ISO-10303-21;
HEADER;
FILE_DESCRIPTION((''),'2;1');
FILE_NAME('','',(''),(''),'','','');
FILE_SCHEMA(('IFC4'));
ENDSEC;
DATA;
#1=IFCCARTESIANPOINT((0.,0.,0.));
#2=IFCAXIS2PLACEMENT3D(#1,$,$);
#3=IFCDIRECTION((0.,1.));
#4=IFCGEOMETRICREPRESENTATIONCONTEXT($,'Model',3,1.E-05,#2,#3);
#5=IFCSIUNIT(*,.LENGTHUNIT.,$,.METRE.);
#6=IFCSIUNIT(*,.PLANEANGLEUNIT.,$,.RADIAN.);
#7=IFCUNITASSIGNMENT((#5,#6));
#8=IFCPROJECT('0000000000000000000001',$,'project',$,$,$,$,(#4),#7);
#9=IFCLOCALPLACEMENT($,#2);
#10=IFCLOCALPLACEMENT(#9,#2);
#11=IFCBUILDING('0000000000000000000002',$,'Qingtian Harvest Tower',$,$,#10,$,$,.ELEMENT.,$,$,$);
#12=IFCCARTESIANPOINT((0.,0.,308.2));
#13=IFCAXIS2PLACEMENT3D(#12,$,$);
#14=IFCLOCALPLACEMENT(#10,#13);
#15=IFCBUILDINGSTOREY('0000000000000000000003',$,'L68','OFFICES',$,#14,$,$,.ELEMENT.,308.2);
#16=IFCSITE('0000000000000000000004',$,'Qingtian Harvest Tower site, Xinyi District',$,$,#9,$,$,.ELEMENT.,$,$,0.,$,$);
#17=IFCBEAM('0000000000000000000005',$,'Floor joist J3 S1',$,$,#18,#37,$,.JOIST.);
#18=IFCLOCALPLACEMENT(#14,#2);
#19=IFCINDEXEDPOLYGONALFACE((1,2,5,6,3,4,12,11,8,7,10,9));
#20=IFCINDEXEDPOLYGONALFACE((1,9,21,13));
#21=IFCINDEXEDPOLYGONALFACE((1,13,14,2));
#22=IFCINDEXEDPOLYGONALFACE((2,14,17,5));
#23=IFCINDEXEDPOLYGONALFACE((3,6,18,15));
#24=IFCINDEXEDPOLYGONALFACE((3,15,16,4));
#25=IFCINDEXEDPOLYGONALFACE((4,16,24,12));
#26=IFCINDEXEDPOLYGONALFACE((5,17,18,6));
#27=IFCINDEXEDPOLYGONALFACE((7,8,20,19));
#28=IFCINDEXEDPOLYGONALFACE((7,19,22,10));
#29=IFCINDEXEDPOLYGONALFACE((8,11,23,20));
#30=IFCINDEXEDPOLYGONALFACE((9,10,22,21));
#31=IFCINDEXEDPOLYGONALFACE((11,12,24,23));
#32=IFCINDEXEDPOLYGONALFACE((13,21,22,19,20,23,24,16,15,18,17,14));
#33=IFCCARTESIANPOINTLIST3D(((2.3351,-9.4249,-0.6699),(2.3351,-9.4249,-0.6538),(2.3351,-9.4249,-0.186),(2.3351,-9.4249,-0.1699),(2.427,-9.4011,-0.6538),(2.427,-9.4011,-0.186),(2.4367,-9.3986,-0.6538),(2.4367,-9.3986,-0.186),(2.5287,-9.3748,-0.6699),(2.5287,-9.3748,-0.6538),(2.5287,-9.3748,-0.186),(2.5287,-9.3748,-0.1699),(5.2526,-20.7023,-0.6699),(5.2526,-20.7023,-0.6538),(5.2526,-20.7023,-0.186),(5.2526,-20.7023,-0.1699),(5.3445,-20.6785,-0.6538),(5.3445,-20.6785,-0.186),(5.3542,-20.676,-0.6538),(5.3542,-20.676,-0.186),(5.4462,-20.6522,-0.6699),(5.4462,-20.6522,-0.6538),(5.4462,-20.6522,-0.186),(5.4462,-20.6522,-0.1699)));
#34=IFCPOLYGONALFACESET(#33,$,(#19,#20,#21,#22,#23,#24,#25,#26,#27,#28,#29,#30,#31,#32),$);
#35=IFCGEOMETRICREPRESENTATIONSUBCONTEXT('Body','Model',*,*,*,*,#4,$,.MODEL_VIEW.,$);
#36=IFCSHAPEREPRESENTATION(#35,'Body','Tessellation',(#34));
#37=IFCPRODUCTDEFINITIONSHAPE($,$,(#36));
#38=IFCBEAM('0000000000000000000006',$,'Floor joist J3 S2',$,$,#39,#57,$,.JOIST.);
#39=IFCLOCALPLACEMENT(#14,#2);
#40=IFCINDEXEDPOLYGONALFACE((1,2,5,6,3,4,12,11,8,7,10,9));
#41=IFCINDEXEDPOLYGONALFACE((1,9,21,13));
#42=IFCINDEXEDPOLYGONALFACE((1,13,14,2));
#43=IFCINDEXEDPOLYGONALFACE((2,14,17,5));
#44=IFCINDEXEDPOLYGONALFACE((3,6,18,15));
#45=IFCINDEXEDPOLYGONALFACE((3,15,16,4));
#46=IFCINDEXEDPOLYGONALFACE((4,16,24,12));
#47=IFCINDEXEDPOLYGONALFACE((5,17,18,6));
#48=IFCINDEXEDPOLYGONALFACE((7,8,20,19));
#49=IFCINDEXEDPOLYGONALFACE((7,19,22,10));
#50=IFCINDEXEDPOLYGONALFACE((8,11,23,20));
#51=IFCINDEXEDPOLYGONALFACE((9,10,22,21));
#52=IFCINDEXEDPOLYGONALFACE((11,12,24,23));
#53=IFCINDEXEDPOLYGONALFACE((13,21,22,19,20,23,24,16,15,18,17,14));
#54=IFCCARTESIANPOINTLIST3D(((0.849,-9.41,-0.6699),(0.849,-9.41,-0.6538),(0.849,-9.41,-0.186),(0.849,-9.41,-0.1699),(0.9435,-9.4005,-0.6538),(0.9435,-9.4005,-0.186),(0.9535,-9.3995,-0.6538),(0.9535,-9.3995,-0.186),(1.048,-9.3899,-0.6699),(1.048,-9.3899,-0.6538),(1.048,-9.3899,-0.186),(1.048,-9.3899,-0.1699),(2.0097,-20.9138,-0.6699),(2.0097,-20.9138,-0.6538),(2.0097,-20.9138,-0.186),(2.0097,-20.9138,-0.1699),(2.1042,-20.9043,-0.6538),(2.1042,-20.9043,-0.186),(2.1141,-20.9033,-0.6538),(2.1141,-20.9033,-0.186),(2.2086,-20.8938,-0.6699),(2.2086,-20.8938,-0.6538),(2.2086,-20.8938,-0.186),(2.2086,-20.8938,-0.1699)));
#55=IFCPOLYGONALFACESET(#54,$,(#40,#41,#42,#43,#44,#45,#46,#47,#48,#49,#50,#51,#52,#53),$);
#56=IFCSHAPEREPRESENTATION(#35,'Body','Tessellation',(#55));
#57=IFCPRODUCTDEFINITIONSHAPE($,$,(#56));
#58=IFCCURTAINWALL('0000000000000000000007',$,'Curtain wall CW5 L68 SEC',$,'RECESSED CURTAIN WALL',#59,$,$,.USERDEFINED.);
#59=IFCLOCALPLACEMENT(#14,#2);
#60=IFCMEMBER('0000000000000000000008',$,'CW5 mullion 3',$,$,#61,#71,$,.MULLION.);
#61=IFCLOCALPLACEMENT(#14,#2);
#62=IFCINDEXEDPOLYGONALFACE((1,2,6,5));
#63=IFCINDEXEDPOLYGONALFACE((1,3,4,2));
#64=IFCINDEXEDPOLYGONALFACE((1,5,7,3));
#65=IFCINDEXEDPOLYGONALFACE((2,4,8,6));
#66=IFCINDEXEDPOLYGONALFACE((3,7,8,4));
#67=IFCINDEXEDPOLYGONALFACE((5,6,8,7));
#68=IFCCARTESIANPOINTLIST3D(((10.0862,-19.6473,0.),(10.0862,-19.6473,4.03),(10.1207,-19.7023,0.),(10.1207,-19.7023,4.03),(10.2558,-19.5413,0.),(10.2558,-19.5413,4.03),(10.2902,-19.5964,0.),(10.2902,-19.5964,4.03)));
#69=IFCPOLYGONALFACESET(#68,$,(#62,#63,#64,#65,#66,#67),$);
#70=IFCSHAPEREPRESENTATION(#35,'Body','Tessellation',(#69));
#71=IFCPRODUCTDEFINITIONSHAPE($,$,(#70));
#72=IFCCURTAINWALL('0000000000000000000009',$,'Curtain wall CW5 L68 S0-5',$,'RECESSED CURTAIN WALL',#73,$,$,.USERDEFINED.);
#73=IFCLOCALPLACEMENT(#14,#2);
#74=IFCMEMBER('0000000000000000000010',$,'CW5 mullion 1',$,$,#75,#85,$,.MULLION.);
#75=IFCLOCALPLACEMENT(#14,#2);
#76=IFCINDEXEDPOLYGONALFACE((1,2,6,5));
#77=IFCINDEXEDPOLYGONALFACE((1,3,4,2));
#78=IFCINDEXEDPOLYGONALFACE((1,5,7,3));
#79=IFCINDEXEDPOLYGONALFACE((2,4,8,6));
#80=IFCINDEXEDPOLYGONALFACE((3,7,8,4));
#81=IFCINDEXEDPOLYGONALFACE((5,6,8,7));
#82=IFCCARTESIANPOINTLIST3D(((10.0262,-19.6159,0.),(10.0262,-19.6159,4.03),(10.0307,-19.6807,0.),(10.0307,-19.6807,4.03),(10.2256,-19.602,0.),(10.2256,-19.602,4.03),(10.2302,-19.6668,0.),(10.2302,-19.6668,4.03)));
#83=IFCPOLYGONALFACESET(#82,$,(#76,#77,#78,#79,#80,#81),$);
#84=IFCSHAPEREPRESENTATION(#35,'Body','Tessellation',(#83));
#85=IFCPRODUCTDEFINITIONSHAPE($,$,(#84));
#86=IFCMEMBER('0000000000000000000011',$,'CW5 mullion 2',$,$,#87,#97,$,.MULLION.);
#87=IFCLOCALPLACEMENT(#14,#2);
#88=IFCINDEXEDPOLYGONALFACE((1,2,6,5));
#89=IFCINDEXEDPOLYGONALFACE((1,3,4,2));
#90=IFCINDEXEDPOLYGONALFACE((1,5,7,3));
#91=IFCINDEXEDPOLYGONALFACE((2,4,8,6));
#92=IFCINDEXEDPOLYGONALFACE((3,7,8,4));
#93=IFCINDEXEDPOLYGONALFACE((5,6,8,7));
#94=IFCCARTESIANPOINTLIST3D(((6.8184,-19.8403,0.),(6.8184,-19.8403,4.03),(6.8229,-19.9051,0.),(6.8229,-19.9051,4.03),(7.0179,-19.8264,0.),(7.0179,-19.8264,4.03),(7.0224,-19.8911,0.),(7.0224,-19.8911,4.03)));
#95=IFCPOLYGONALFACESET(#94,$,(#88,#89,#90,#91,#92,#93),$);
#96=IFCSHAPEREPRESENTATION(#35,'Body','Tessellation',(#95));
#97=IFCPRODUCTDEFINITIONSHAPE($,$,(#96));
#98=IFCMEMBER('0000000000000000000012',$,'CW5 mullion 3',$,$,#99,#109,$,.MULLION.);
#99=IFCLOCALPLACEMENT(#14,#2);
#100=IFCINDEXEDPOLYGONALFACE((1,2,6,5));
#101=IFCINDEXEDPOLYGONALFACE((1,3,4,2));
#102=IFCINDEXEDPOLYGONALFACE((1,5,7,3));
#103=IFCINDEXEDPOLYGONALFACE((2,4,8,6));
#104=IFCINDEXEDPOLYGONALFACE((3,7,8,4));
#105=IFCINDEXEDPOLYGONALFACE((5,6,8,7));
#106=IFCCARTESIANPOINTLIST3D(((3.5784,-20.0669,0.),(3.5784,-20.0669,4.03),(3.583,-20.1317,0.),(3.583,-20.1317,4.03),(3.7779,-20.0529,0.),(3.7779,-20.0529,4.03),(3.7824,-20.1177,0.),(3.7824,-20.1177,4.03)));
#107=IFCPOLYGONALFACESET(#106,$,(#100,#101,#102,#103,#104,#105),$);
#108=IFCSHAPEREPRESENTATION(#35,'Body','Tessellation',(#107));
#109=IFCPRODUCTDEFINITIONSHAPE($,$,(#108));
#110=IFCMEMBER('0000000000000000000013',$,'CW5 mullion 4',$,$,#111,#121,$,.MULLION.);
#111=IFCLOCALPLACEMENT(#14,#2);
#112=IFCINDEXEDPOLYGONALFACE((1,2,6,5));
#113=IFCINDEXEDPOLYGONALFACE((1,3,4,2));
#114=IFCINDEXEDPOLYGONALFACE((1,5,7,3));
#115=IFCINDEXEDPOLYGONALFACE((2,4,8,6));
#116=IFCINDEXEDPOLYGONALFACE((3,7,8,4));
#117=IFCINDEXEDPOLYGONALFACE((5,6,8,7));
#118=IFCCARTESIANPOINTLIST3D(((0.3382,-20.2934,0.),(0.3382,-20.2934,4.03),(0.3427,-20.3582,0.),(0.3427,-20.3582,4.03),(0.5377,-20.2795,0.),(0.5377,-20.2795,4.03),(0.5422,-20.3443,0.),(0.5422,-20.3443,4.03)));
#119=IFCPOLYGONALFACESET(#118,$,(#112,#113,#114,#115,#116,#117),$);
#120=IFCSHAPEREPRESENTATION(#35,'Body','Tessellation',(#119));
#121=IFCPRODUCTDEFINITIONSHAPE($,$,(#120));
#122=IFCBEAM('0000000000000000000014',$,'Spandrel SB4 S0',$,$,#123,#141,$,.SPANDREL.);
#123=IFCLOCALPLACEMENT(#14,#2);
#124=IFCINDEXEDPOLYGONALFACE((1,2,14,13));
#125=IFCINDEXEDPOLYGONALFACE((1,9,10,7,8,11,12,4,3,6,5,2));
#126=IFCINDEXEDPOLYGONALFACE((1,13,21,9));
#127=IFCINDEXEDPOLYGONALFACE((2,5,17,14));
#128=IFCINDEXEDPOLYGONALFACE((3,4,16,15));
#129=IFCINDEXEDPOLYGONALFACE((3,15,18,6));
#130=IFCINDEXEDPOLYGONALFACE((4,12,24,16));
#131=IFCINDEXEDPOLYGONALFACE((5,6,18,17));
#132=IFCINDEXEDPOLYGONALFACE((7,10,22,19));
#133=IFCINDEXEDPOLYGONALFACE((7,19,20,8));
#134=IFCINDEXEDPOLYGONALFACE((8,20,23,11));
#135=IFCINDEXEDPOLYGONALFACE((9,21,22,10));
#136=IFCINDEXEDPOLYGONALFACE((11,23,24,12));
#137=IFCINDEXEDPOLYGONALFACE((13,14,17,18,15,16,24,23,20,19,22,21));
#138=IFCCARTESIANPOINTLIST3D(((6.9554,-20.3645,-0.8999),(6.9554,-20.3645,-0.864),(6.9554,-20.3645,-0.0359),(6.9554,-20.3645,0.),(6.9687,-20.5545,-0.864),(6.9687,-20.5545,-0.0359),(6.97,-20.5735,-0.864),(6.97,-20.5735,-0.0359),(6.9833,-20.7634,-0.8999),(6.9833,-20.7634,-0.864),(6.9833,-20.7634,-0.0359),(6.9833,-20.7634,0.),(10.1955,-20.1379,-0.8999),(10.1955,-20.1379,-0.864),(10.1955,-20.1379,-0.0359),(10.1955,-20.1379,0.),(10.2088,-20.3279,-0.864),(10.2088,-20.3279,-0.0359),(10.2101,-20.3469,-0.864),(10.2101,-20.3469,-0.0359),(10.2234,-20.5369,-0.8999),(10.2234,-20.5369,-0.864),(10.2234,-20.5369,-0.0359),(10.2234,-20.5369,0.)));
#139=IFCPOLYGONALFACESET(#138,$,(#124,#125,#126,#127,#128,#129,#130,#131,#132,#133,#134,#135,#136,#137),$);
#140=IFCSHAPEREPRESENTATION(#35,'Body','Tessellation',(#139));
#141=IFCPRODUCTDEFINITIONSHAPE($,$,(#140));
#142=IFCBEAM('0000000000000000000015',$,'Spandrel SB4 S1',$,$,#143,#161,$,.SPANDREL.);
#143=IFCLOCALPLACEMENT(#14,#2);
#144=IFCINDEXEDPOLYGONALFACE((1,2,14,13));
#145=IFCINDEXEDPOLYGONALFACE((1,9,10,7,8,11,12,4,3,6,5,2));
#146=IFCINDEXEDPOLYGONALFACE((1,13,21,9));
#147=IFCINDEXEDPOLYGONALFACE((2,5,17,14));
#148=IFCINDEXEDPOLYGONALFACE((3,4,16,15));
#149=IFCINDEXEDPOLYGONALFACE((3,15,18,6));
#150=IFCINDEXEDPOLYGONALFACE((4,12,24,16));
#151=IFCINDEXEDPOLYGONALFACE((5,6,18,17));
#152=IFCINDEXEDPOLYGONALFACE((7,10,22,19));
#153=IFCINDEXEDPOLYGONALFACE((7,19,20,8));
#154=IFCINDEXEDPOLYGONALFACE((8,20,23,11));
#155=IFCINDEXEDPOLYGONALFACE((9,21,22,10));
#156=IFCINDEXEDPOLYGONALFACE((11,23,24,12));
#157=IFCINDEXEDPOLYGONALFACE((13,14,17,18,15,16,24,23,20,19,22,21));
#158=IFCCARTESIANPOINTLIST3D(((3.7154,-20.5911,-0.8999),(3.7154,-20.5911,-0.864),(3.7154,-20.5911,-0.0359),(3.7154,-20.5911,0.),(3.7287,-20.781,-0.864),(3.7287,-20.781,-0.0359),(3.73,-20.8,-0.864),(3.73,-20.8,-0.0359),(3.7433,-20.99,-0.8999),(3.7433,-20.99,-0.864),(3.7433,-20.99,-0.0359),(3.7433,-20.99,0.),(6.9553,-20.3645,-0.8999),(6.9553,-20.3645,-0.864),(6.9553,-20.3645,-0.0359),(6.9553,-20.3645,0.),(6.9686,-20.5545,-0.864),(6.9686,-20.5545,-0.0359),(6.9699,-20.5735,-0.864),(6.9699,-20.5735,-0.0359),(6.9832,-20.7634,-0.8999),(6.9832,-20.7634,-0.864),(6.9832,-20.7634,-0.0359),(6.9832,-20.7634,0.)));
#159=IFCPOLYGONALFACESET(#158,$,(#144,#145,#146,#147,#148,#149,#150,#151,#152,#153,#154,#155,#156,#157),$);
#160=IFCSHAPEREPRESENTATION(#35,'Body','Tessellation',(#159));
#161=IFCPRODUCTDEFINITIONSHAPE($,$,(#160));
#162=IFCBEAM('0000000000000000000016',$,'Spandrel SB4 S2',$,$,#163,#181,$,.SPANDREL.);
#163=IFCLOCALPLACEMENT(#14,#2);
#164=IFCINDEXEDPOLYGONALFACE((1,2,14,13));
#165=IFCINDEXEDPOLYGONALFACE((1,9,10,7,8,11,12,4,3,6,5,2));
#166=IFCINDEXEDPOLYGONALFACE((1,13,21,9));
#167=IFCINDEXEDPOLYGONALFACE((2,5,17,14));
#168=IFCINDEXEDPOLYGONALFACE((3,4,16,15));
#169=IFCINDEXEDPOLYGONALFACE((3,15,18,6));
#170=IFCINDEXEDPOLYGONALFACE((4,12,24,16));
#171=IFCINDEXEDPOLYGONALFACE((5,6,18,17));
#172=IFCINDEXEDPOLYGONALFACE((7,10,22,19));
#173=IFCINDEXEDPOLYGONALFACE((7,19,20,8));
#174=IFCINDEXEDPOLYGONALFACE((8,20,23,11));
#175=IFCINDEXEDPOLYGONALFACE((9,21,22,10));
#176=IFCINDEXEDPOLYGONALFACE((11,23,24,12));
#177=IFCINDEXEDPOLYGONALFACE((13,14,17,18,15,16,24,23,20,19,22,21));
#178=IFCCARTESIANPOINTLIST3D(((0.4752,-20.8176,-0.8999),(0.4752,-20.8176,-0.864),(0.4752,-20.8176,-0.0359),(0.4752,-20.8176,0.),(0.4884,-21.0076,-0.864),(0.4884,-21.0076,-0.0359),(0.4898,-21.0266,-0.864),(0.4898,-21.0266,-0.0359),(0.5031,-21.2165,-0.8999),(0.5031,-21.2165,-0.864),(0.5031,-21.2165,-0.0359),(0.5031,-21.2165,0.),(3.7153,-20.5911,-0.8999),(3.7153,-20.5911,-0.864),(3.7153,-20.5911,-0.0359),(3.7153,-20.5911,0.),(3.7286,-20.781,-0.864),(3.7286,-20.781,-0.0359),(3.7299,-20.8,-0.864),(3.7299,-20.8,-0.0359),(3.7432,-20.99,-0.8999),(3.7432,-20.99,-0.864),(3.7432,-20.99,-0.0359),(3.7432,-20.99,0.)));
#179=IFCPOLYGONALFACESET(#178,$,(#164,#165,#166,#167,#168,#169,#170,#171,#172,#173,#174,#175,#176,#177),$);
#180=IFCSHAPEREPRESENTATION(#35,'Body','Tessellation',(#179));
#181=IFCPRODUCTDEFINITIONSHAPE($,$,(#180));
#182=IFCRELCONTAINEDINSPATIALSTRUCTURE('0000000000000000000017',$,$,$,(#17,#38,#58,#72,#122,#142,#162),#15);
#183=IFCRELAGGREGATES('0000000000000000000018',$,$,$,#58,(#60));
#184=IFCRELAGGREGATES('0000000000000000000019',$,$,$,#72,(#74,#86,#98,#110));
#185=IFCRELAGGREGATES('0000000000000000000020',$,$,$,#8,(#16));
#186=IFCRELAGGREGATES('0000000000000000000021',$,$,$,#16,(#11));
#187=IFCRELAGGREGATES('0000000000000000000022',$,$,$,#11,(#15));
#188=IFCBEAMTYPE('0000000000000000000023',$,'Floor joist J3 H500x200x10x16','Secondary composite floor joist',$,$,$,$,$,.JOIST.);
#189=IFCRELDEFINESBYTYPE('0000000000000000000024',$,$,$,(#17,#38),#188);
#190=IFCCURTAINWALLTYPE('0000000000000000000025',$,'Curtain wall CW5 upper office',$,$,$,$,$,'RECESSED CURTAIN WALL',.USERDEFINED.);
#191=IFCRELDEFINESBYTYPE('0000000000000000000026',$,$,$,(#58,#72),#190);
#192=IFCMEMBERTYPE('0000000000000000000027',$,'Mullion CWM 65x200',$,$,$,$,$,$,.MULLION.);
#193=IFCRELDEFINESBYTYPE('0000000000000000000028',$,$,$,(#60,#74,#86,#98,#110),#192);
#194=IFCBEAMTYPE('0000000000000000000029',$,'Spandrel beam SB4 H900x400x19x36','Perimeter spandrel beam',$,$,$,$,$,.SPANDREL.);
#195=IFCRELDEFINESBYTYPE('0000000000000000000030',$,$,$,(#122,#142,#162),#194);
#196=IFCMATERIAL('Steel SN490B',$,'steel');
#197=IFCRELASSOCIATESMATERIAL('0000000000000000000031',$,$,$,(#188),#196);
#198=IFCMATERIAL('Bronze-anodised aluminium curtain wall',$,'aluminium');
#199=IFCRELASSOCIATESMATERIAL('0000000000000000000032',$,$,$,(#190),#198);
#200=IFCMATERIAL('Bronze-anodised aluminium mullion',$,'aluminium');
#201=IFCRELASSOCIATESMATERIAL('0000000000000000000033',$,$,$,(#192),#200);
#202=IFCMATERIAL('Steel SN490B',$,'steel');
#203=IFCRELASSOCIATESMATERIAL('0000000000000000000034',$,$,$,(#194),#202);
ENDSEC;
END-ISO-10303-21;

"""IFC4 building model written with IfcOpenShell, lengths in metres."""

from ifc_helpers import new_model, si_unit, direction, frame, origin, origin_2d, place, context, subcontext, project, spatial, rectangle, i_section, extrude, material, material_profile, profile_set, type_object, element, aggregate, save


model = new_model("IFC4")

# Units and contexts
model_context = context("Model", 3, precision=1e-05, world=origin(), true_north=direction((0.0, 1.0)))
body_context = subcontext(model_context, "Body", "Model", "MODEL_VIEW")
ifc_project = project(units=[si_unit("LENGTHUNIT", "METRE"), si_unit("PLANEANGLEUNIT", "RADIAN")], contexts=[model_context])

# Site, building, storey
site_placement = place(None, origin())
site = spatial("IfcSite", under=ifc_project, at=site_placement, Name="Qingtian Harvest Tower site, Xinyi District", CompositionType="ELEMENT", RefElevation=0.0)
building_placement = place(site_placement, origin())
building = spatial("IfcBuilding", under=site, at=building_placement, Name="Qingtian Harvest Tower", CompositionType="ELEMENT")
storey_placement = place(building_placement, frame((0.0, 0.0, 308.2)))
storey = spatial("IfcBuildingStorey", under=building, at=storey_placement, Name="L68", Description="OFFICES", CompositionType="ELEMENT", Elevation=308.2)

# Beams
ifc_material_1 = material(Name="Steel SN490B", Category="steel")
ifc_material_profile_1 = material_profile(ifc_material_1, i_section(OverallWidth=0.2, OverallDepth=0.5, WebThickness=0.01, FlangeThickness=0.0161, at=origin_2d()), Name="H500x200x10x16")
ifc_profile_set_1 = profile_set([ifc_material_profile_1], Name="Steel SN490B")
beam_type_1 = type_object("IfcBeamType", Name="Floor joist J3 H500x200x10x16", Description="Secondary composite floor joist", PredefinedType="JOIST", material=ifc_profile_set_1)
beam_1_placement = place(storey_placement, frame((5.3494, -20.6772, -0.4199), z_axis=(-0.250457, 0.968128, 0.0), x_axis=(-0.968128, -0.250457, 0.0)))
element("IfcBeam", 1, at=beam_1_placement, inside=storey, type_object=beam_type_1, Name="Floor joist J3 S1", PredefinedType="JOIST", context=body_context, shape_type="SweptSolid", body=[
    extrude(i_section(OverallWidth=0.2, OverallDepth=0.5, WebThickness=0.01, FlangeThickness=0.0161, at=origin_2d()), origin(), (0.0, 0.0, 1.0), 11.6487),
])
beam_2_placement = place(storey_placement, frame((2.1091, -20.9038, -0.4199), z_axis=(-0.100382, 0.994949, 0.0), x_axis=(-0.994949, -0.100382, 0.0)))
element("IfcBeam", 2, at=beam_2_placement, inside=storey, type_object=beam_type_1, Name="Floor joist J3 S2", PredefinedType="JOIST", context=body_context, shape_type="SweptSolid", body=[
    extrude(i_section(OverallWidth=0.2, OverallDepth=0.5, WebThickness=0.01, FlangeThickness=0.0161, at=origin_2d()), origin(), (0.0, 0.0, 1.0), 11.5623),
])

# Curtain wall, member
ifc_material_2 = material(Name="Bronze-anodised aluminium curtain wall", Category="aluminium")
curtain_wall_type = type_object("IfcCurtainWallType", Name="Curtain wall CW5 upper office", ElementType="RECESSED CURTAIN WALL", PredefinedType="USERDEFINED", material=ifc_material_2)
curtain_wall_1_placement = place(storey_placement, origin())
curtain_wall_1 = element("IfcCurtainWall", 3, at=curtain_wall_1_placement, inside=storey, type_object=curtain_wall_type, Name="Curtain wall CW5 L68 SEC", ObjectType="RECESSED CURTAIN WALL", PredefinedType="USERDEFINED")
ifc_material_3 = material(Name="Bronze-anodised aluminium mullion", Category="aluminium")
ifc_material_profile_2 = material_profile(ifc_material_3, rectangle(XDim=0.0649, YDim=0.2, at=origin_2d()), Name="AL 65x200")
ifc_profile_set_2 = profile_set([ifc_material_profile_2], Name="Bronze-anodised aluminium mullion")
member_type_1 = type_object("IfcMemberType", Name="Mullion CWM 65x200", PredefinedType="MULLION", material=ifc_profile_set_2)
member_1_placement = place(storey_placement, frame((10.1882, -19.6218, 0.0), z_axis=(0.0, 0.0, 1.0), x_axis=(0.529919, -0.848048, 0.0)))
member_1 = element("IfcMember", 4, at=member_1_placement, type_object=member_type_1, Name="CW5 mullion 3", PredefinedType="MULLION", context=body_context, shape_type="SweptSolid", body=[
    extrude(rectangle(XDim=0.0649, YDim=0.2, at=origin_2d()), origin(), (0.0, 0.0, 1.0), 4.03),
])

# Curtain wall, members
curtain_wall_2_placement = place(storey_placement, origin())
curtain_wall_2 = element("IfcCurtainWall", 5, at=curtain_wall_2_placement, inside=storey, type_object=curtain_wall_type, Name="Curtain wall CW5 L68 S0-5", ObjectType="RECESSED CURTAIN WALL", PredefinedType="USERDEFINED")
member_2_placement = place(storey_placement, frame((10.1282, -19.6414, 0.0), z_axis=(0.0, 0.0, 1.0), x_axis=(0.069756, -0.997564, 0.0)))
member_2 = element("IfcMember", 6, at=member_2_placement, type_object=member_type_1, Name="CW5 mullion 1", PredefinedType="MULLION", context=body_context, shape_type="SweptSolid", body=[
    extrude(rectangle(XDim=0.0649, YDim=0.2, at=origin_2d()), origin(), (0.0, 0.0, 1.0), 4.03),
])
member_3_placement = place(storey_placement, frame((6.9204, -19.8657, 0.0), z_axis=(0.0, 0.0, 1.0), x_axis=(0.069756, -0.997564, 0.0)))
member_3 = element("IfcMember", 7, at=member_3_placement, type_object=member_type_1, Name="CW5 mullion 2", PredefinedType="MULLION", context=body_context, shape_type="SweptSolid", body=[
    extrude(rectangle(XDim=0.0649, YDim=0.2, at=origin_2d()), origin(), (0.0, 0.0, 1.0), 4.03),
])
member_4_placement = place(storey_placement, frame((3.6804, -20.0923, 0.0), z_axis=(0.0, 0.0, 1.0), x_axis=(0.069756, -0.997564, 0.0)))
member_4 = element("IfcMember", 8, at=member_4_placement, type_object=member_type_1, Name="CW5 mullion 3", PredefinedType="MULLION", context=body_context, shape_type="SweptSolid", body=[
    extrude(rectangle(XDim=0.0649, YDim=0.2, at=origin_2d()), origin(), (0.0, 0.0, 1.0), 4.03),
])
member_5_placement = place(storey_placement, frame((0.4402, -20.3188, 0.0), z_axis=(0.0, 0.0, 1.0), x_axis=(0.069756, -0.997564, 0.0)))
member_5 = element("IfcMember", 9, at=member_5_placement, type_object=member_type_1, Name="CW5 mullion 4", PredefinedType="MULLION", context=body_context, shape_type="SweptSolid", body=[
    extrude(rectangle(XDim=0.0649, YDim=0.2, at=origin_2d()), origin(), (0.0, 0.0, 1.0), 4.03),
])

# Beams
ifc_material_4 = material(Name="Steel SN490B", Category="steel")
ifc_material_profile_3 = material_profile(ifc_material_4, i_section(OverallWidth=0.3999, OverallDepth=0.8999, WebThickness=0.019, FlangeThickness=0.0359, at=origin_2d()), Name="H900x400x19x36")
ifc_profile_set_3 = profile_set([ifc_material_profile_3], Name="Steel SN490B")
beam_type_2 = type_object("IfcBeamType", Name="Spandrel beam SB4 H900x400x19x36", Description="Perimeter spandrel beam", PredefinedType="SPANDREL", material=ifc_profile_set_3)
beam_3_placement = place(storey_placement, frame((10.2095, -20.3374, -0.45), z_axis=(-0.997564, -0.069751, 0.0), x_axis=(0.069751, -0.997564, 0.0)))
element("IfcBeam", 10, at=beam_3_placement, inside=storey, type_object=beam_type_2, Name="Spandrel SB4 S0", PredefinedType="SPANDREL", context=body_context, shape_type="SweptSolid", body=[
    extrude(i_section(OverallWidth=0.3999, OverallDepth=0.8999, WebThickness=0.019, FlangeThickness=0.0359, at=origin_2d()), origin(), (0.0, 0.0, 1.0), 3.248),
])
beam_4_placement = place(storey_placement, frame((6.9692, -20.564, -0.45), z_axis=(-0.997564, -0.069757, 0.0), x_axis=(0.069757, -0.997564, 0.0)))
element("IfcBeam", 11, at=beam_4_placement, inside=storey, type_object=beam_type_2, Name="Spandrel SB4 S1", PredefinedType="SPANDREL", context=body_context, shape_type="SweptSolid", body=[
    extrude(i_section(OverallWidth=0.3999, OverallDepth=0.8999, WebThickness=0.019, FlangeThickness=0.0359, at=origin_2d()), origin(), (0.0, 0.0, 1.0), 3.2478),
])
beam_5_placement = place(storey_placement, frame((3.7292, -20.7905, -0.45), z_axis=(-0.997564, -0.069751, 0.0), x_axis=(0.069751, -0.997564, 0.0)))
element("IfcBeam", 12, at=beam_5_placement, inside=storey, type_object=beam_type_2, Name="Spandrel SB4 S2", PredefinedType="SPANDREL", context=body_context, shape_type="SweptSolid", body=[
    extrude(i_section(OverallWidth=0.3999, OverallDepth=0.8999, WebThickness=0.019, FlangeThickness=0.0359, at=origin_2d()), origin(), (0.0, 0.0, 1.0), 3.248),
])

aggregate(curtain_wall_1, [member_1])
aggregate(curtain_wall_2, [member_2, member_3, member_4, member_5])

save(model, "model.ifc")
